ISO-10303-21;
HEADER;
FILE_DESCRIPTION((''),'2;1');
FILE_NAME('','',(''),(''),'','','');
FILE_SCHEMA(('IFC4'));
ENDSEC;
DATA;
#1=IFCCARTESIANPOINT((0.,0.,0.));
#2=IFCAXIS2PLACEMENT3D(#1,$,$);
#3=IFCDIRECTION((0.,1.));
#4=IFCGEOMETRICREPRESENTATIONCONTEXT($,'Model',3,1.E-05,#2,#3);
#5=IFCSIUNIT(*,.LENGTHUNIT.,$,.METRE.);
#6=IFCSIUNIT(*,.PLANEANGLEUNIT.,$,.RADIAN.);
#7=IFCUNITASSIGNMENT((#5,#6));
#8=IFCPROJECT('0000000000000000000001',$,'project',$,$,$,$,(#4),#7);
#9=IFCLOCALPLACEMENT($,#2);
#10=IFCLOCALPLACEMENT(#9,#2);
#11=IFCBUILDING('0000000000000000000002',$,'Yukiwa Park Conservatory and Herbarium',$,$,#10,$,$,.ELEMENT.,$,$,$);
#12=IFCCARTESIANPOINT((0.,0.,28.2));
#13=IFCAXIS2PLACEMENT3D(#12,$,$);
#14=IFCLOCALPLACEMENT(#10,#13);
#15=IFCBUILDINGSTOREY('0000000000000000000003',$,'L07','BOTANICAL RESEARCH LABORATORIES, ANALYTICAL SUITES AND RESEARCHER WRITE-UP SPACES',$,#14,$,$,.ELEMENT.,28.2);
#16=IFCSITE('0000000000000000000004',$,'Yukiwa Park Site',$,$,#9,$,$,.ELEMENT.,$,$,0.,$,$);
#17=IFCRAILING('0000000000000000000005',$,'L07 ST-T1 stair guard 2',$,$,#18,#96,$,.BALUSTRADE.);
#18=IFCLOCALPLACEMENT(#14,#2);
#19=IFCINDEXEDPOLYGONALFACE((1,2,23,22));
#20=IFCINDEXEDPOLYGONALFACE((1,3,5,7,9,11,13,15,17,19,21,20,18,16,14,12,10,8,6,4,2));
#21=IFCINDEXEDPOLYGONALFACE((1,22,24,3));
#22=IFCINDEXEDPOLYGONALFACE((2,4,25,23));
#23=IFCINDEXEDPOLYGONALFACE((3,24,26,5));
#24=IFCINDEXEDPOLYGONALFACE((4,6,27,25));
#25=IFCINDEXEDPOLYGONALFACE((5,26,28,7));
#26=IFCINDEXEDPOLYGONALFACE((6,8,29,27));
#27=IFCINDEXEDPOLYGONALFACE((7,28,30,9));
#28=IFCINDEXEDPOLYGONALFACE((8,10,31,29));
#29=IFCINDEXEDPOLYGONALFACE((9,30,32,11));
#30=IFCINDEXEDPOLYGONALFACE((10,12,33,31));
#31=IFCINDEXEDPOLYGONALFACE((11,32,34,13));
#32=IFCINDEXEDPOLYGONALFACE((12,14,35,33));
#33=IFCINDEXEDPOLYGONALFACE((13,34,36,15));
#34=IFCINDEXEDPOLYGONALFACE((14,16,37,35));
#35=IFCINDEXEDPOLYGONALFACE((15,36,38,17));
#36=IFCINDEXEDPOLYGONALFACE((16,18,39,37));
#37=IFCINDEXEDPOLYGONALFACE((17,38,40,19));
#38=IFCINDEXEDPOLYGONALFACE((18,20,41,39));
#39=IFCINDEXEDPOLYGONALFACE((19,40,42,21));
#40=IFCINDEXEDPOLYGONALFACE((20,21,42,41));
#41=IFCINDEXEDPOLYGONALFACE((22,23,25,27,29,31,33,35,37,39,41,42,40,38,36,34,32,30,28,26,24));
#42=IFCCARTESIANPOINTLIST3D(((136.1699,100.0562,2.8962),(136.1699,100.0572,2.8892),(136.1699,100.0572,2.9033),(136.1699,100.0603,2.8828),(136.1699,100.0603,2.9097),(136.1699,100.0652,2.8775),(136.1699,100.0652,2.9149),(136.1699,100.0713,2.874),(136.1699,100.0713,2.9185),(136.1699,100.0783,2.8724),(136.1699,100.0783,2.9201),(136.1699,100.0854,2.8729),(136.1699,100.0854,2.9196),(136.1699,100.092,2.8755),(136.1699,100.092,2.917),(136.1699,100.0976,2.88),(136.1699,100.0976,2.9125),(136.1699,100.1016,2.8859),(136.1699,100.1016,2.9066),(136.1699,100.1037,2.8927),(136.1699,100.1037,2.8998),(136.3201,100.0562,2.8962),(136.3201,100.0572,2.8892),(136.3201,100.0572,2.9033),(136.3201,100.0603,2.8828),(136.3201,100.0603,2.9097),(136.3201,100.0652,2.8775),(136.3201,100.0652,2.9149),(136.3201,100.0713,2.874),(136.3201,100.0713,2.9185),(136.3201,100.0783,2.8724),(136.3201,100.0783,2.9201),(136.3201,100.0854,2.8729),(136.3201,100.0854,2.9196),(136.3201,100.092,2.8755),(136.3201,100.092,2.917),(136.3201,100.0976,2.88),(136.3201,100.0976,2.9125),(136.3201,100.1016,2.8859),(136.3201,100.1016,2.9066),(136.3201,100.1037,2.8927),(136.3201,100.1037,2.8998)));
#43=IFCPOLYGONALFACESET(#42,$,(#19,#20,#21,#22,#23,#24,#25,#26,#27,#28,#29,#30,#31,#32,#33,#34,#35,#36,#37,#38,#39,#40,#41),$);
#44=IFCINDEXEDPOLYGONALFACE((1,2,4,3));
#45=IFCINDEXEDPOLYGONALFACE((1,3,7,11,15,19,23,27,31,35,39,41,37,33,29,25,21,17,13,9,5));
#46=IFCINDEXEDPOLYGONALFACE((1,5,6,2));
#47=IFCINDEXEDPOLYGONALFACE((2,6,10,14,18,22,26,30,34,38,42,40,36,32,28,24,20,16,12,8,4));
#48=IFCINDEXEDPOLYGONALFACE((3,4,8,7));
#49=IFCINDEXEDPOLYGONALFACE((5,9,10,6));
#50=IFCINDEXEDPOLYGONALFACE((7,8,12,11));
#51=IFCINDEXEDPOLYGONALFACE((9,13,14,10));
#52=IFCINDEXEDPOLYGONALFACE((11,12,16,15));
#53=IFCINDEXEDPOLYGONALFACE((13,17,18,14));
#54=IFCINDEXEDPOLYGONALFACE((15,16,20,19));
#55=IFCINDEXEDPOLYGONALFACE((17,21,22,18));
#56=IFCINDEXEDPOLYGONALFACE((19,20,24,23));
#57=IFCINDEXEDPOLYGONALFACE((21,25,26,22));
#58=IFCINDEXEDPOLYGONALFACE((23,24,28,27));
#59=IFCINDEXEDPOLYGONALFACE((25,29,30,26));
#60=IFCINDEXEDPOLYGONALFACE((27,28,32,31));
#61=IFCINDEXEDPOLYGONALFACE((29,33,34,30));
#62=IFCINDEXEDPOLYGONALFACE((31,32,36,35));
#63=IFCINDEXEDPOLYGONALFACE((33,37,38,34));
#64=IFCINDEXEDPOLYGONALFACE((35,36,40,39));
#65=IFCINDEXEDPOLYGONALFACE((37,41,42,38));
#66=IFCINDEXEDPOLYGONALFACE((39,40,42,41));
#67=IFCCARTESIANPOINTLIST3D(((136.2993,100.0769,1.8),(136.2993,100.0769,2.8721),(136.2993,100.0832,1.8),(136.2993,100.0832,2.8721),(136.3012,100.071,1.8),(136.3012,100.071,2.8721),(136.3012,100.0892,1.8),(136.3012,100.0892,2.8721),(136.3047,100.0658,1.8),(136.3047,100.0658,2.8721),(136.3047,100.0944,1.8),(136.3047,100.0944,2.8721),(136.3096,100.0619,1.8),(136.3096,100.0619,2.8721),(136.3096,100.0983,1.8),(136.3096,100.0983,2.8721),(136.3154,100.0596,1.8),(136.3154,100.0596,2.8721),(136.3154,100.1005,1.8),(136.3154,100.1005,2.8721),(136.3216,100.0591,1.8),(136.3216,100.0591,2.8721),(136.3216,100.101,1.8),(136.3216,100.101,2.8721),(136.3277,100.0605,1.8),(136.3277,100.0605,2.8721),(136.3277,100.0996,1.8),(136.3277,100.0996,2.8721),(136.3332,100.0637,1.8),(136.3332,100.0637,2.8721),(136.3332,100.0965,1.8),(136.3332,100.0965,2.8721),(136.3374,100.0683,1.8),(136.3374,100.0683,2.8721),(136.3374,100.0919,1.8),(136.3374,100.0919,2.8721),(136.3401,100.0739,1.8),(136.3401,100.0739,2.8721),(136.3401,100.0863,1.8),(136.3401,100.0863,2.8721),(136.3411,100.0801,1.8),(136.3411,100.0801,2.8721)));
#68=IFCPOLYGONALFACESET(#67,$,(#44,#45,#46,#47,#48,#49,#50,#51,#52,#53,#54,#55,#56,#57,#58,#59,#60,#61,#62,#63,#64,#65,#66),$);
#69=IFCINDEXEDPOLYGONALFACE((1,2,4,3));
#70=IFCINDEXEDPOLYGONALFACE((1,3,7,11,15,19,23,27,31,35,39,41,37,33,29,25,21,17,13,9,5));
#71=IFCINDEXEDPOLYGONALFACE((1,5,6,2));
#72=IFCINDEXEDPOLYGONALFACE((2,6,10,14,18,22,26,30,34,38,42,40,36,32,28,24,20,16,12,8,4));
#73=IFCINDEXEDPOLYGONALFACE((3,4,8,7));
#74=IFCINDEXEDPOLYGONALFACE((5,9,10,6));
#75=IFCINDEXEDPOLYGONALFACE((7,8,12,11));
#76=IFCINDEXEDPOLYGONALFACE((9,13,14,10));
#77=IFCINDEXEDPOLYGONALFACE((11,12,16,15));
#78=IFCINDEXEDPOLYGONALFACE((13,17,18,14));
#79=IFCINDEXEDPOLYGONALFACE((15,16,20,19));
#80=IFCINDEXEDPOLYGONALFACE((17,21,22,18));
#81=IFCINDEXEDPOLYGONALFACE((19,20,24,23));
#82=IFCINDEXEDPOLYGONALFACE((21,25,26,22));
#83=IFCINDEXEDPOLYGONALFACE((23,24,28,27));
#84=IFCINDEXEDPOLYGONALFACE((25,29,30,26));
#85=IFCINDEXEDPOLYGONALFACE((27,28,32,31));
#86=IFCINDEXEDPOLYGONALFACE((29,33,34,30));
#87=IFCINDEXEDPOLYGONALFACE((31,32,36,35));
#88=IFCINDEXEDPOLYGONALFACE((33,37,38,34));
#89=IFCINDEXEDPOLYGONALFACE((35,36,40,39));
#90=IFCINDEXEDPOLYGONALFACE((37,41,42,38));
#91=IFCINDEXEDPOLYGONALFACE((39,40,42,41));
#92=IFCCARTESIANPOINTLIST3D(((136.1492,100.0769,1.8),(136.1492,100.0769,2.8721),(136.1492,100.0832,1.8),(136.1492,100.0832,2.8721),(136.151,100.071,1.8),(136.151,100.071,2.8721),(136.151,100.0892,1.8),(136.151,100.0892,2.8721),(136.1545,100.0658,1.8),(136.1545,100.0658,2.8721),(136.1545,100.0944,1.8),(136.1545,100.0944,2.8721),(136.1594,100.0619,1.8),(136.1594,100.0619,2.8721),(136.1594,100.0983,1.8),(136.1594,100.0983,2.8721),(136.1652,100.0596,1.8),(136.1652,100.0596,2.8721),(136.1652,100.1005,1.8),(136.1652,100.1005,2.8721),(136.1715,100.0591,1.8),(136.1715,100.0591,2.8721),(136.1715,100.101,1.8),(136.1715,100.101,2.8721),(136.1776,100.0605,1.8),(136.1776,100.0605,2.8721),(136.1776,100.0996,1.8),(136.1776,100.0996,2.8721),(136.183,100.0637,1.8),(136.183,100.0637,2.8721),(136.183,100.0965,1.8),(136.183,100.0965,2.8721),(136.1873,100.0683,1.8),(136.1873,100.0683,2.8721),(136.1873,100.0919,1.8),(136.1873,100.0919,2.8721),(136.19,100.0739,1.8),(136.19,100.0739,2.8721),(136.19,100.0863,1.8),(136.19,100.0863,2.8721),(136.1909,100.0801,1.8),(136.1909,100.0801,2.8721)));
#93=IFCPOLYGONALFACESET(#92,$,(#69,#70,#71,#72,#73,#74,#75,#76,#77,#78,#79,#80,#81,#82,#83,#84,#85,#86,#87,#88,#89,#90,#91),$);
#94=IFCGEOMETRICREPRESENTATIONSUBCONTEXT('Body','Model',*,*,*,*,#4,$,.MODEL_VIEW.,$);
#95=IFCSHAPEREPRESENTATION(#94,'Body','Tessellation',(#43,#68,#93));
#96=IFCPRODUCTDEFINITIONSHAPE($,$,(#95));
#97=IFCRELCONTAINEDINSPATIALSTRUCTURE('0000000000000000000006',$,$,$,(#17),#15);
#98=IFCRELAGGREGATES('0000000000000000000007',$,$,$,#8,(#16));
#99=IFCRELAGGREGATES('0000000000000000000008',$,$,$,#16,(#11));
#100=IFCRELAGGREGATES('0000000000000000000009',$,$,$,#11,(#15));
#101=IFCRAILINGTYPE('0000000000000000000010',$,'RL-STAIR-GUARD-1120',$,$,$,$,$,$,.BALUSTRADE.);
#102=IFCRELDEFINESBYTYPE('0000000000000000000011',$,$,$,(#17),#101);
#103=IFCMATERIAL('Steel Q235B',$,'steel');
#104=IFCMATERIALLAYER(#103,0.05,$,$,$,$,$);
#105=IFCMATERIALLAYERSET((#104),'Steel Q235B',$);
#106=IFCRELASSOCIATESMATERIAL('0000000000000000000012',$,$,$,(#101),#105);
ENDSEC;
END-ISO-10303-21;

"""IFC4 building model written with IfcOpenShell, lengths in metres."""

from ifc_helpers import new_model, si_unit, direction, frame, origin, origin_2d, place, context, subcontext, project, spatial, circle, extrude, material, layer, layer_set, type_object, element, save


model = new_model("IFC4")

# Units and contexts
model_context = context("Model", 3, precision=1e-05, world=origin(), true_north=direction((0.0, 1.0)))
body_context = subcontext(model_context, "Body", "Model", "MODEL_VIEW")
ifc_project = project(units=[si_unit("LENGTHUNIT", "METRE"), si_unit("PLANEANGLEUNIT", "RADIAN")], contexts=[model_context])

# Site, building, storey
site_placement = place(None, origin())
site = spatial("IfcSite", under=ifc_project, at=site_placement, Name="Yukiwa Park Site", CompositionType="ELEMENT", RefElevation=0.0)
building_placement = place(site_placement, origin())
building = spatial("IfcBuilding", under=site, at=building_placement, Name="Yukiwa Park Conservatory and Herbarium", CompositionType="ELEMENT")
storey_placement = place(building_placement, frame((0.0, 0.0, 28.2)))
storey = spatial("IfcBuildingStorey", under=building, at=storey_placement, Name="L07", Description="BOTANICAL RESEARCH LABORATORIES, ANALYTICAL SUITES AND RESEARCHER WRITE-UP SPACES", CompositionType="ELEMENT", Elevation=28.2)

# Railing
ifc_material_1 = material(Name="Steel Q235B", Category="steel")
ifc_layer_1 = layer(ifc_material_1, 0.05)
ifc_layer_set_1 = layer_set([ifc_layer_1], Name="Steel Q235B")
railing_type = type_object("IfcRailingType", Name="RL-STAIR-GUARD-1120", PredefinedType="BALUSTRADE", material=ifc_layer_set_1)
railing_1_placement = place(storey_placement, frame((136.3201, 100.0801, 1.8)))
element("IfcRailing", 1, at=railing_1_placement, inside=storey, type_object=railing_type, Name="L07 ST-T1 stair guard 2", PredefinedType="BALUSTRADE", context=body_context, shape_type="SweptSolid", body=[
    extrude(circle(Radius=0.0239, at=origin_2d()), frame((0.0, 0.0, 1.0962), z_axis=(-1.0, 0.0, 0.0), x_axis=(0.0, -1.0, 0.0)), (0.0, 0.0, 1.0), 0.1501),
    extrude(circle(Radius=0.021, at=origin_2d()), origin(), (0.0, 0.0, 1.0), 1.072),
    extrude(circle(Radius=0.021, at=origin_2d()), frame((-0.1501, 0.0, 0.0)), (0.0, 0.0, 1.0), 1.072),
])

save(model, "model.ifc")
